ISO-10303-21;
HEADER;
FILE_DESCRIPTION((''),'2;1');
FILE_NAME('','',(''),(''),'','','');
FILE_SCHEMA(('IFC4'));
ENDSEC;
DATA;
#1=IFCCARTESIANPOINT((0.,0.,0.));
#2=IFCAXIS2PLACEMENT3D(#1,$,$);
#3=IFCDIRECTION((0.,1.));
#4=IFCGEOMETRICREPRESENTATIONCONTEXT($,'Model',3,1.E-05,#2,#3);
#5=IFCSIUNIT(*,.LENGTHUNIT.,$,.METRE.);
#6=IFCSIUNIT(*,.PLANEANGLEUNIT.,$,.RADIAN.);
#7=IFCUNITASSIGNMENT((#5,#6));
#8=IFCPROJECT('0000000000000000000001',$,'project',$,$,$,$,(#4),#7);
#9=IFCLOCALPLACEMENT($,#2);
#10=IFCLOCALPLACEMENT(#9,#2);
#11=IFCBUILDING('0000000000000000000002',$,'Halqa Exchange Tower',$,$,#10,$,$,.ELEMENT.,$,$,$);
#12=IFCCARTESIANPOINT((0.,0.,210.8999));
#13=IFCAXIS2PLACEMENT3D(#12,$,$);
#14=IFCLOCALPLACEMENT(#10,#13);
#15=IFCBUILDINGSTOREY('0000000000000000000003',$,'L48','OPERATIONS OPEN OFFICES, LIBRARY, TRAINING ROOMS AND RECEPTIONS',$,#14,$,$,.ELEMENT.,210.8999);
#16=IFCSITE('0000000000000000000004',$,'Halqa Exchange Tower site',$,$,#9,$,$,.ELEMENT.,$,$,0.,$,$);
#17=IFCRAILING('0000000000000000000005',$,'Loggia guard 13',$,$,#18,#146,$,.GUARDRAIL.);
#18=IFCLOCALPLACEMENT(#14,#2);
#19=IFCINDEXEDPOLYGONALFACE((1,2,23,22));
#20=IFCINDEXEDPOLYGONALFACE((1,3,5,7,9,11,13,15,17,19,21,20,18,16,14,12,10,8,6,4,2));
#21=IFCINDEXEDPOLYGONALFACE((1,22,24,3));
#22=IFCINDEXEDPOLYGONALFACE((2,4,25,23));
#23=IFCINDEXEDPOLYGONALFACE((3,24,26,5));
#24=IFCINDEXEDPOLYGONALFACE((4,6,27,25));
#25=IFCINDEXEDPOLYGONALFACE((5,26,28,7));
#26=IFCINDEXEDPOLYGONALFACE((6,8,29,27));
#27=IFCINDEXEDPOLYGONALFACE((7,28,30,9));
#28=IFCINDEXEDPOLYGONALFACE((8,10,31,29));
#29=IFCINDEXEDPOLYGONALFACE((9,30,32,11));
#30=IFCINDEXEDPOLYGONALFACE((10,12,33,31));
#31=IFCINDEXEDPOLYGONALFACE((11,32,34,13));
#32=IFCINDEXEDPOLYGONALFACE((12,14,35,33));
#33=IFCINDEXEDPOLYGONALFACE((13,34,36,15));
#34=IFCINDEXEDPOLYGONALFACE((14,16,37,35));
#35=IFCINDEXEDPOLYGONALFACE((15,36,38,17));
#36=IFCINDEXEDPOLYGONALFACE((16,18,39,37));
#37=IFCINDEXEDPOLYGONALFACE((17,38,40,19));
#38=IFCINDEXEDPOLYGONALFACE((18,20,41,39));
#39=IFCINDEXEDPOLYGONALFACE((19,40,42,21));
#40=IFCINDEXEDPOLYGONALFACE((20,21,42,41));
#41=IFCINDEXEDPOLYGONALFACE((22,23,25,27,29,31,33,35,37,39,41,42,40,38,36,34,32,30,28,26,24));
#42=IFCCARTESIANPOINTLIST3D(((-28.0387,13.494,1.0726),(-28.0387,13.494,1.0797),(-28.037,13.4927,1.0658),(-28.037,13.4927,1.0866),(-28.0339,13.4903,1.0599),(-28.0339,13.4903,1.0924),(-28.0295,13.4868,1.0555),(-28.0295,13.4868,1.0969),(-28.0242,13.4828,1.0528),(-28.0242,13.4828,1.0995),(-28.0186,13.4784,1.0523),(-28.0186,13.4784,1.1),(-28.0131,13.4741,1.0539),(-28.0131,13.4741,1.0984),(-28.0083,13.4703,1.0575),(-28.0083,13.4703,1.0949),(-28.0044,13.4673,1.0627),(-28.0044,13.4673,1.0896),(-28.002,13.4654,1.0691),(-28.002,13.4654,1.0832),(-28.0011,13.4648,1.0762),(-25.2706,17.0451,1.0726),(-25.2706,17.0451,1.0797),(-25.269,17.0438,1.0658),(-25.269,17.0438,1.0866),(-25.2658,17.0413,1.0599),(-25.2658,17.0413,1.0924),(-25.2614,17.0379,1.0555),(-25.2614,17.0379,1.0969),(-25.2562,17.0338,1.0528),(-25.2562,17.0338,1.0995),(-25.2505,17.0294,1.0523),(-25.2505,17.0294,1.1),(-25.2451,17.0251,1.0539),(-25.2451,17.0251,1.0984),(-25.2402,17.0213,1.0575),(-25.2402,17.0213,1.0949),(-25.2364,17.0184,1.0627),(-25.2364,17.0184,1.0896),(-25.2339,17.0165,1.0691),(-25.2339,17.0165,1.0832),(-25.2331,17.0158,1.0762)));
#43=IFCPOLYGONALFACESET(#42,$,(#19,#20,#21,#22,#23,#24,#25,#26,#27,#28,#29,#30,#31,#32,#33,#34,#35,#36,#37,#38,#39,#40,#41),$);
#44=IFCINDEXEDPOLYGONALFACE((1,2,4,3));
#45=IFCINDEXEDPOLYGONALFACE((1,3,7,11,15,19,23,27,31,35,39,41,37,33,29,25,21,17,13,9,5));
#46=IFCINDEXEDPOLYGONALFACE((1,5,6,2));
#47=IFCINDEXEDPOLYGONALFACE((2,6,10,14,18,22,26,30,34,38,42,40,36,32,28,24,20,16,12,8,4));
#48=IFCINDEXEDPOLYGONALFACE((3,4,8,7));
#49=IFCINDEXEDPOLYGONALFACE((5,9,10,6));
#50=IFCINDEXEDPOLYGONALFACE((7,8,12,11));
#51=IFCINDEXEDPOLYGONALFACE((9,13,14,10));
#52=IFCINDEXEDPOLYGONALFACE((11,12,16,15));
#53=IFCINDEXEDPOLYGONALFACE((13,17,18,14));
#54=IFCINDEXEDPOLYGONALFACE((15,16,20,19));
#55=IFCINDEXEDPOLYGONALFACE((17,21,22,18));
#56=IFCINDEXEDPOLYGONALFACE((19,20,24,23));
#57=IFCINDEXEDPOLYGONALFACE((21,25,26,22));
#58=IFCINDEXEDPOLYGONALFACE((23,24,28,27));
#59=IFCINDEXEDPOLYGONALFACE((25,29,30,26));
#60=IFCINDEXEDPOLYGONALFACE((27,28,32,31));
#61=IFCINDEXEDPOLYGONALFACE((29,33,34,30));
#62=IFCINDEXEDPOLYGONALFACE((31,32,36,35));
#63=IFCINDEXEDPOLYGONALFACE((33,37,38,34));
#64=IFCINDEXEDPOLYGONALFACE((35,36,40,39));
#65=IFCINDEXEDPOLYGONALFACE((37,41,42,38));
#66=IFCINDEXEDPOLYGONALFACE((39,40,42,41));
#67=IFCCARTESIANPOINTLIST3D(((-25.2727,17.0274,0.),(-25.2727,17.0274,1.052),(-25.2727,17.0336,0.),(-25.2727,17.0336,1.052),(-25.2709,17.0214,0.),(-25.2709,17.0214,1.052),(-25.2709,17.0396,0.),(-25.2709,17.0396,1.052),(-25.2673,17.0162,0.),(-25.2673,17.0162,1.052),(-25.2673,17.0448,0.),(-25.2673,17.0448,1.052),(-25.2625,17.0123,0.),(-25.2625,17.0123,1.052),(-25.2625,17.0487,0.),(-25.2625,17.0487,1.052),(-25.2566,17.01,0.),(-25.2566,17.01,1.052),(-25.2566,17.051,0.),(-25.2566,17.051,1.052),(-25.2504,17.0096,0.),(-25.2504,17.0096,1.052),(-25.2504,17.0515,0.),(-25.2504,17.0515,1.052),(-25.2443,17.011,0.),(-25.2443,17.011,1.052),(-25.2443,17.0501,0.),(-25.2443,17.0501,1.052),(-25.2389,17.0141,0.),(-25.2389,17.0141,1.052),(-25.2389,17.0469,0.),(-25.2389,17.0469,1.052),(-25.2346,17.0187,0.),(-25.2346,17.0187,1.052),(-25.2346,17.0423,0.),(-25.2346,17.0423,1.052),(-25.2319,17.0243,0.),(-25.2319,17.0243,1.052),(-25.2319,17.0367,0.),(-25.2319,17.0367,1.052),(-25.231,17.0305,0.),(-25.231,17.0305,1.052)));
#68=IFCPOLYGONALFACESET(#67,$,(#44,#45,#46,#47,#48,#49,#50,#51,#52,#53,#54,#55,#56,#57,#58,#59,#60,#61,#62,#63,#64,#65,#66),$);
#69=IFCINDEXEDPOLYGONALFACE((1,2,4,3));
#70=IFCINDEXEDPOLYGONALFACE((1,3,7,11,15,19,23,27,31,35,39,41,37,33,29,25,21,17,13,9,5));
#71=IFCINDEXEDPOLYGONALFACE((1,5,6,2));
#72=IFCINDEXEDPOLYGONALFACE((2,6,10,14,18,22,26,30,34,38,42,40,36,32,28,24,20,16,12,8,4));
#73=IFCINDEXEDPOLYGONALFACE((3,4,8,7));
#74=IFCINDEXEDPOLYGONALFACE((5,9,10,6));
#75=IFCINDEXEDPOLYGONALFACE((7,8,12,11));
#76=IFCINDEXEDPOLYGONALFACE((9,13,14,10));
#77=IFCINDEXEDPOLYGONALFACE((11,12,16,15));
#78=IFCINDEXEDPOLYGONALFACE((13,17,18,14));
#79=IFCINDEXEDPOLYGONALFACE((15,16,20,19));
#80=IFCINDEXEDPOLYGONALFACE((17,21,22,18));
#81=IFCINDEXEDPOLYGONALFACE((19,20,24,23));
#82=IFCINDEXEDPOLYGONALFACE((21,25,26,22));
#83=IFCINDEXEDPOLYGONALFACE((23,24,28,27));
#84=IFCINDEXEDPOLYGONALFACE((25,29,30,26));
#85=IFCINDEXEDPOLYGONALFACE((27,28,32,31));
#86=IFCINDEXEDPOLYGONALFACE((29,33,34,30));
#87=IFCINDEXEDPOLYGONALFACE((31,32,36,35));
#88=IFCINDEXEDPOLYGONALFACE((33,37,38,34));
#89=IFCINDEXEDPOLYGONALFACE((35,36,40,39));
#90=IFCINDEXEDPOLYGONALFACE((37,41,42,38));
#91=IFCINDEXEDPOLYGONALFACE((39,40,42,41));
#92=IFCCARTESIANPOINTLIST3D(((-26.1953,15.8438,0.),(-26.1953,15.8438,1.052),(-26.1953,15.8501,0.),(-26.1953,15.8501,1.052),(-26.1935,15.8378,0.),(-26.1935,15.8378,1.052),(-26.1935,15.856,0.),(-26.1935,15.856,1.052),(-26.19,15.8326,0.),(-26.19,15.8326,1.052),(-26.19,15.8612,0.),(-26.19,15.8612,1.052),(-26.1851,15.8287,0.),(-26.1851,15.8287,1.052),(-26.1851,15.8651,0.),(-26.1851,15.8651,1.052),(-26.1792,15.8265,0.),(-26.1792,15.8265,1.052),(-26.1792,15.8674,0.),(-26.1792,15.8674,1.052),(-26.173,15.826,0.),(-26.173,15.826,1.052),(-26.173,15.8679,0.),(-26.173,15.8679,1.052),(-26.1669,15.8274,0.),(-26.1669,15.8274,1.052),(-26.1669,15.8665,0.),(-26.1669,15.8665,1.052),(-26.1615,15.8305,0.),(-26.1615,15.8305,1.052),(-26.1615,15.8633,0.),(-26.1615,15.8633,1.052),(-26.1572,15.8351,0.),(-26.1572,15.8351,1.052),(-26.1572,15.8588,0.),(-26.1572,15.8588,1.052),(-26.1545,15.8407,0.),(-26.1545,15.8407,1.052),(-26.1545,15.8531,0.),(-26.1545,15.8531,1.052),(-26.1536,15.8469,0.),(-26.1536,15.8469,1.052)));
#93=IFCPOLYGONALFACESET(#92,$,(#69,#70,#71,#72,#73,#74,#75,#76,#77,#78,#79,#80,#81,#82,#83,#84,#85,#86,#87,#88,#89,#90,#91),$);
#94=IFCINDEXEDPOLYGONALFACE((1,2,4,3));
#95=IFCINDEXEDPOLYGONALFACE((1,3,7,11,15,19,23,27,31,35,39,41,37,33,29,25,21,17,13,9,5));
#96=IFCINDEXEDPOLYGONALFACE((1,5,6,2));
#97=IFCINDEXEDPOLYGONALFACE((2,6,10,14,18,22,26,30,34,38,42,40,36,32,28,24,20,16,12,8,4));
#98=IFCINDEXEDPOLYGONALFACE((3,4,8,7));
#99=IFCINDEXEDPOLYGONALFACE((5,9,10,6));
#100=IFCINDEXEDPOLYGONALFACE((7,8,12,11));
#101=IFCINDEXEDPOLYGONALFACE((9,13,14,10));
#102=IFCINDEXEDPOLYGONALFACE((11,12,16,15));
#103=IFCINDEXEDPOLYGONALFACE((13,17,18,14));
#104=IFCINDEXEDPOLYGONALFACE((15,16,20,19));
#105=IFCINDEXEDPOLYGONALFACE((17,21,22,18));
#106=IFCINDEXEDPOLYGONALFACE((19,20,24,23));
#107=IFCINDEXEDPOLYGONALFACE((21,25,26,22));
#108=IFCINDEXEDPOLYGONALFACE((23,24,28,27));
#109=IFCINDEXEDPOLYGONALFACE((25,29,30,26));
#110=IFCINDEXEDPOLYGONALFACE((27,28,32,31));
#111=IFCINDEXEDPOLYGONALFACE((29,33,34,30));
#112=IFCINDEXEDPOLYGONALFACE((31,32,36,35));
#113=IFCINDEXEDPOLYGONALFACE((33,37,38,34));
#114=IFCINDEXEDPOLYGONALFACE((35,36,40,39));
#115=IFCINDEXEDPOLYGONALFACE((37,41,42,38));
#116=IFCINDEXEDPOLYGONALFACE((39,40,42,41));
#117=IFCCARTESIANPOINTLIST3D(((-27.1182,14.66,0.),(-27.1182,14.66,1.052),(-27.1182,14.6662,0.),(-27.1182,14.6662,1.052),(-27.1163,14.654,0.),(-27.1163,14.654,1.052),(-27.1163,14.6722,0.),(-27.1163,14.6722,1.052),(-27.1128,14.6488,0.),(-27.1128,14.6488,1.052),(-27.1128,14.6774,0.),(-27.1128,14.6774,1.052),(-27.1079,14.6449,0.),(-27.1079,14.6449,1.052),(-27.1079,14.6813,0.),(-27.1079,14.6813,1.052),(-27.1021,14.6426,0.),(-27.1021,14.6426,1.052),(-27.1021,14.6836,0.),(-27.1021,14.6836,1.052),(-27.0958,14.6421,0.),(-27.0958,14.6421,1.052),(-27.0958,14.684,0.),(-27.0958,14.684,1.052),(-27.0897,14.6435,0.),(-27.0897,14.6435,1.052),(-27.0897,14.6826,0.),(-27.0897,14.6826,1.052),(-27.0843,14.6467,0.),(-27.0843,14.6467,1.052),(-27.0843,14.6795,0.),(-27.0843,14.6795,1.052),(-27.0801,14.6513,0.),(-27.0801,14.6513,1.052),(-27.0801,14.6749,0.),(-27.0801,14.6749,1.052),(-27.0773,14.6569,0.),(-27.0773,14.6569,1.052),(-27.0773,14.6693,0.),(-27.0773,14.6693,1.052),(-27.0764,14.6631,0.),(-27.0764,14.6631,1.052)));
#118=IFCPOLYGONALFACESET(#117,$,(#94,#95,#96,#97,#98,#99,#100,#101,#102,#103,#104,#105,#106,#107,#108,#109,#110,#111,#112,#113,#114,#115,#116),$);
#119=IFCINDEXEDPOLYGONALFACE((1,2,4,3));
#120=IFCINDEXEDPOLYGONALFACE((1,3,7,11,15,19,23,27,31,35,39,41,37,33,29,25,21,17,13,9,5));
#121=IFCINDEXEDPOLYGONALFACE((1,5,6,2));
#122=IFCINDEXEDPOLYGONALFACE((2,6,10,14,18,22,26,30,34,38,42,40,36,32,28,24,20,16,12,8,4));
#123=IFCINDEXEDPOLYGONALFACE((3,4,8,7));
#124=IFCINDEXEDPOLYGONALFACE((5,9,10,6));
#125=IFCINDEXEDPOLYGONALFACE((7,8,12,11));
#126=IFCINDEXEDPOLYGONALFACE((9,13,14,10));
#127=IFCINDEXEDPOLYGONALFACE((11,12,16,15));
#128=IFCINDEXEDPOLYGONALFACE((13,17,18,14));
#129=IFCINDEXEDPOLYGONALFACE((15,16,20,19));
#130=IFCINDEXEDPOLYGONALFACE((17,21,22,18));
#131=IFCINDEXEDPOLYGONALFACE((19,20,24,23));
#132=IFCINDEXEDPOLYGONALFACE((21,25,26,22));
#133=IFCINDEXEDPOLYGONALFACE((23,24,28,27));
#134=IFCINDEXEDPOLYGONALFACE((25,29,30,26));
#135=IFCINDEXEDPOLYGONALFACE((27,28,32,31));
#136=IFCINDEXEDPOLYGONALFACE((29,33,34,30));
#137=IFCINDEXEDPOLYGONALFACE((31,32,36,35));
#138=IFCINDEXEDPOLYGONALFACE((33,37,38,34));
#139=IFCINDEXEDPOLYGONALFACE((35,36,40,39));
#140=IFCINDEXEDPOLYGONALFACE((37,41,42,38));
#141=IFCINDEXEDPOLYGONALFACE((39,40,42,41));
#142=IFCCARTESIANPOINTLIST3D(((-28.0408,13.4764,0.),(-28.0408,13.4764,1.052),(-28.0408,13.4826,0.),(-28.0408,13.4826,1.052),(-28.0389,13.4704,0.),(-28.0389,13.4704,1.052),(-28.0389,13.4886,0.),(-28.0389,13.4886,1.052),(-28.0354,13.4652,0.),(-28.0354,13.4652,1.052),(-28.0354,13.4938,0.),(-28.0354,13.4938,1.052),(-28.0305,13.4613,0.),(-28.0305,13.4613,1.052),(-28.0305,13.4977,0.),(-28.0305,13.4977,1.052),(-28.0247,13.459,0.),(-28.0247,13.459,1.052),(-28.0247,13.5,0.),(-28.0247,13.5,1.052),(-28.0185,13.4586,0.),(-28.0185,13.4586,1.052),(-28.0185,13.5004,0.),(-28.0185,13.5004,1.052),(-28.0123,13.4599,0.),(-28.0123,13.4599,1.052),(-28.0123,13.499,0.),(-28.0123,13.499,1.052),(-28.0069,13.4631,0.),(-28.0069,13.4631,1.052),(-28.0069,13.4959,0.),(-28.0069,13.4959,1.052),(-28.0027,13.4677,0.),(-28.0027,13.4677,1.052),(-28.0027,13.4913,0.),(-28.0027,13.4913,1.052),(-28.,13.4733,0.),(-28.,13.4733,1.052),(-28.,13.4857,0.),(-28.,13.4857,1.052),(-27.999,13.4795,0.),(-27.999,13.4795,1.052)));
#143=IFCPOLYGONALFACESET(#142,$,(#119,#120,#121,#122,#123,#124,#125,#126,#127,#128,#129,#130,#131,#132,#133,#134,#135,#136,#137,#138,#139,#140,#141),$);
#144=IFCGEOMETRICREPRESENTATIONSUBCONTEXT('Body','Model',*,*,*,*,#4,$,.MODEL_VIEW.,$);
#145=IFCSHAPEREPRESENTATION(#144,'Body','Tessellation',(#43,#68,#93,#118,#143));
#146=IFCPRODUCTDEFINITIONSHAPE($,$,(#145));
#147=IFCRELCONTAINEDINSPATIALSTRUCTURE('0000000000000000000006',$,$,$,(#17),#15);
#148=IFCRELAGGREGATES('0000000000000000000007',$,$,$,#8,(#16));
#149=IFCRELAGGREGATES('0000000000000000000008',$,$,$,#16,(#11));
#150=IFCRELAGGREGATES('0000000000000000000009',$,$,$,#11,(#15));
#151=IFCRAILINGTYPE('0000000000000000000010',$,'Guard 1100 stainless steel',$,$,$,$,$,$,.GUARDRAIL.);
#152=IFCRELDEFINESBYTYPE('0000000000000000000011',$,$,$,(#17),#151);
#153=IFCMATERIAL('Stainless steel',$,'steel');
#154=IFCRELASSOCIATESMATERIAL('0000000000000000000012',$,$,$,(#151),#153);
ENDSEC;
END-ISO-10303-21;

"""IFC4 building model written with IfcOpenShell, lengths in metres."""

from ifc_helpers import new_model, si_unit, direction, frame, origin, origin_2d, place, context, subcontext, project, spatial, circle, extrude, material, type_object, element, save


model = new_model("IFC4")

# Units and contexts
model_context = context("Model", 3, precision=1e-05, world=origin(), true_north=direction((0.0, 1.0)))
body_context = subcontext(model_context, "Body", "Model", "MODEL_VIEW")
ifc_project = project(units=[si_unit("LENGTHUNIT", "METRE"), si_unit("PLANEANGLEUNIT", "RADIAN")], contexts=[model_context])

# Site, building, storey
site_placement = place(None, origin())
site = spatial("IfcSite", under=ifc_project, at=site_placement, Name="Halqa Exchange Tower site", CompositionType="ELEMENT", RefElevation=0.0)
building_placement = place(site_placement, origin())
building = spatial("IfcBuilding", under=site, at=building_placement, Name="Halqa Exchange Tower", CompositionType="ELEMENT")
storey_placement = place(building_placement, frame((0.0, 0.0, 210.8999)))
storey = spatial("IfcBuildingStorey", under=building, at=storey_placement, Name="L48", Description="OPERATIONS OPEN OFFICES, LIBRARY, TRAINING ROOMS AND RECEPTIONS", CompositionType="ELEMENT", Elevation=210.8999)

# Railing
ifc_material_1 = material(Name="Stainless steel", Category="steel")
railing_type = type_object("IfcRailingType", Name="Guard 1100 stainless steel", PredefinedType="GUARDRAIL", material=ifc_material_1)
railing_1_placement = place(storey_placement, frame((-25.252, 17.0305, 0.0)))
element("IfcRailing", 1, at=railing_1_placement, inside=storey, type_object=railing_type, Name="Loggia guard 13", PredefinedType="GUARDRAIL", context=body_context, shape_type="SweptSolid", body=[
    extrude(circle(Radius=0.0239, at=origin_2d()), frame((0.0, 0.0, 1.0762), z_axis=(-0.614792, -0.788689, 0.0), x_axis=(0.788689, -0.614792, 0.0)), (0.0, 0.0, 1.0), 4.5024),
    extrude(circle(Radius=0.021, at=origin_2d()), origin(), (0.0, 0.0, 1.0), 1.052),
    extrude(circle(Radius=0.021, at=origin_2d()), frame((-0.9226, -1.1836, 0.0)), (0.0, 0.0, 1.0), 1.052),
    extrude(circle(Radius=0.021, at=origin_2d()), frame((-1.8455, -2.3674, 0.0)), (0.0, 0.0, 1.0), 1.052),
    extrude(circle(Radius=0.021, at=origin_2d()), frame((-2.7681, -3.551, 0.0)), (0.0, 0.0, 1.0), 1.052),
])

save(model, "model.ifc")
